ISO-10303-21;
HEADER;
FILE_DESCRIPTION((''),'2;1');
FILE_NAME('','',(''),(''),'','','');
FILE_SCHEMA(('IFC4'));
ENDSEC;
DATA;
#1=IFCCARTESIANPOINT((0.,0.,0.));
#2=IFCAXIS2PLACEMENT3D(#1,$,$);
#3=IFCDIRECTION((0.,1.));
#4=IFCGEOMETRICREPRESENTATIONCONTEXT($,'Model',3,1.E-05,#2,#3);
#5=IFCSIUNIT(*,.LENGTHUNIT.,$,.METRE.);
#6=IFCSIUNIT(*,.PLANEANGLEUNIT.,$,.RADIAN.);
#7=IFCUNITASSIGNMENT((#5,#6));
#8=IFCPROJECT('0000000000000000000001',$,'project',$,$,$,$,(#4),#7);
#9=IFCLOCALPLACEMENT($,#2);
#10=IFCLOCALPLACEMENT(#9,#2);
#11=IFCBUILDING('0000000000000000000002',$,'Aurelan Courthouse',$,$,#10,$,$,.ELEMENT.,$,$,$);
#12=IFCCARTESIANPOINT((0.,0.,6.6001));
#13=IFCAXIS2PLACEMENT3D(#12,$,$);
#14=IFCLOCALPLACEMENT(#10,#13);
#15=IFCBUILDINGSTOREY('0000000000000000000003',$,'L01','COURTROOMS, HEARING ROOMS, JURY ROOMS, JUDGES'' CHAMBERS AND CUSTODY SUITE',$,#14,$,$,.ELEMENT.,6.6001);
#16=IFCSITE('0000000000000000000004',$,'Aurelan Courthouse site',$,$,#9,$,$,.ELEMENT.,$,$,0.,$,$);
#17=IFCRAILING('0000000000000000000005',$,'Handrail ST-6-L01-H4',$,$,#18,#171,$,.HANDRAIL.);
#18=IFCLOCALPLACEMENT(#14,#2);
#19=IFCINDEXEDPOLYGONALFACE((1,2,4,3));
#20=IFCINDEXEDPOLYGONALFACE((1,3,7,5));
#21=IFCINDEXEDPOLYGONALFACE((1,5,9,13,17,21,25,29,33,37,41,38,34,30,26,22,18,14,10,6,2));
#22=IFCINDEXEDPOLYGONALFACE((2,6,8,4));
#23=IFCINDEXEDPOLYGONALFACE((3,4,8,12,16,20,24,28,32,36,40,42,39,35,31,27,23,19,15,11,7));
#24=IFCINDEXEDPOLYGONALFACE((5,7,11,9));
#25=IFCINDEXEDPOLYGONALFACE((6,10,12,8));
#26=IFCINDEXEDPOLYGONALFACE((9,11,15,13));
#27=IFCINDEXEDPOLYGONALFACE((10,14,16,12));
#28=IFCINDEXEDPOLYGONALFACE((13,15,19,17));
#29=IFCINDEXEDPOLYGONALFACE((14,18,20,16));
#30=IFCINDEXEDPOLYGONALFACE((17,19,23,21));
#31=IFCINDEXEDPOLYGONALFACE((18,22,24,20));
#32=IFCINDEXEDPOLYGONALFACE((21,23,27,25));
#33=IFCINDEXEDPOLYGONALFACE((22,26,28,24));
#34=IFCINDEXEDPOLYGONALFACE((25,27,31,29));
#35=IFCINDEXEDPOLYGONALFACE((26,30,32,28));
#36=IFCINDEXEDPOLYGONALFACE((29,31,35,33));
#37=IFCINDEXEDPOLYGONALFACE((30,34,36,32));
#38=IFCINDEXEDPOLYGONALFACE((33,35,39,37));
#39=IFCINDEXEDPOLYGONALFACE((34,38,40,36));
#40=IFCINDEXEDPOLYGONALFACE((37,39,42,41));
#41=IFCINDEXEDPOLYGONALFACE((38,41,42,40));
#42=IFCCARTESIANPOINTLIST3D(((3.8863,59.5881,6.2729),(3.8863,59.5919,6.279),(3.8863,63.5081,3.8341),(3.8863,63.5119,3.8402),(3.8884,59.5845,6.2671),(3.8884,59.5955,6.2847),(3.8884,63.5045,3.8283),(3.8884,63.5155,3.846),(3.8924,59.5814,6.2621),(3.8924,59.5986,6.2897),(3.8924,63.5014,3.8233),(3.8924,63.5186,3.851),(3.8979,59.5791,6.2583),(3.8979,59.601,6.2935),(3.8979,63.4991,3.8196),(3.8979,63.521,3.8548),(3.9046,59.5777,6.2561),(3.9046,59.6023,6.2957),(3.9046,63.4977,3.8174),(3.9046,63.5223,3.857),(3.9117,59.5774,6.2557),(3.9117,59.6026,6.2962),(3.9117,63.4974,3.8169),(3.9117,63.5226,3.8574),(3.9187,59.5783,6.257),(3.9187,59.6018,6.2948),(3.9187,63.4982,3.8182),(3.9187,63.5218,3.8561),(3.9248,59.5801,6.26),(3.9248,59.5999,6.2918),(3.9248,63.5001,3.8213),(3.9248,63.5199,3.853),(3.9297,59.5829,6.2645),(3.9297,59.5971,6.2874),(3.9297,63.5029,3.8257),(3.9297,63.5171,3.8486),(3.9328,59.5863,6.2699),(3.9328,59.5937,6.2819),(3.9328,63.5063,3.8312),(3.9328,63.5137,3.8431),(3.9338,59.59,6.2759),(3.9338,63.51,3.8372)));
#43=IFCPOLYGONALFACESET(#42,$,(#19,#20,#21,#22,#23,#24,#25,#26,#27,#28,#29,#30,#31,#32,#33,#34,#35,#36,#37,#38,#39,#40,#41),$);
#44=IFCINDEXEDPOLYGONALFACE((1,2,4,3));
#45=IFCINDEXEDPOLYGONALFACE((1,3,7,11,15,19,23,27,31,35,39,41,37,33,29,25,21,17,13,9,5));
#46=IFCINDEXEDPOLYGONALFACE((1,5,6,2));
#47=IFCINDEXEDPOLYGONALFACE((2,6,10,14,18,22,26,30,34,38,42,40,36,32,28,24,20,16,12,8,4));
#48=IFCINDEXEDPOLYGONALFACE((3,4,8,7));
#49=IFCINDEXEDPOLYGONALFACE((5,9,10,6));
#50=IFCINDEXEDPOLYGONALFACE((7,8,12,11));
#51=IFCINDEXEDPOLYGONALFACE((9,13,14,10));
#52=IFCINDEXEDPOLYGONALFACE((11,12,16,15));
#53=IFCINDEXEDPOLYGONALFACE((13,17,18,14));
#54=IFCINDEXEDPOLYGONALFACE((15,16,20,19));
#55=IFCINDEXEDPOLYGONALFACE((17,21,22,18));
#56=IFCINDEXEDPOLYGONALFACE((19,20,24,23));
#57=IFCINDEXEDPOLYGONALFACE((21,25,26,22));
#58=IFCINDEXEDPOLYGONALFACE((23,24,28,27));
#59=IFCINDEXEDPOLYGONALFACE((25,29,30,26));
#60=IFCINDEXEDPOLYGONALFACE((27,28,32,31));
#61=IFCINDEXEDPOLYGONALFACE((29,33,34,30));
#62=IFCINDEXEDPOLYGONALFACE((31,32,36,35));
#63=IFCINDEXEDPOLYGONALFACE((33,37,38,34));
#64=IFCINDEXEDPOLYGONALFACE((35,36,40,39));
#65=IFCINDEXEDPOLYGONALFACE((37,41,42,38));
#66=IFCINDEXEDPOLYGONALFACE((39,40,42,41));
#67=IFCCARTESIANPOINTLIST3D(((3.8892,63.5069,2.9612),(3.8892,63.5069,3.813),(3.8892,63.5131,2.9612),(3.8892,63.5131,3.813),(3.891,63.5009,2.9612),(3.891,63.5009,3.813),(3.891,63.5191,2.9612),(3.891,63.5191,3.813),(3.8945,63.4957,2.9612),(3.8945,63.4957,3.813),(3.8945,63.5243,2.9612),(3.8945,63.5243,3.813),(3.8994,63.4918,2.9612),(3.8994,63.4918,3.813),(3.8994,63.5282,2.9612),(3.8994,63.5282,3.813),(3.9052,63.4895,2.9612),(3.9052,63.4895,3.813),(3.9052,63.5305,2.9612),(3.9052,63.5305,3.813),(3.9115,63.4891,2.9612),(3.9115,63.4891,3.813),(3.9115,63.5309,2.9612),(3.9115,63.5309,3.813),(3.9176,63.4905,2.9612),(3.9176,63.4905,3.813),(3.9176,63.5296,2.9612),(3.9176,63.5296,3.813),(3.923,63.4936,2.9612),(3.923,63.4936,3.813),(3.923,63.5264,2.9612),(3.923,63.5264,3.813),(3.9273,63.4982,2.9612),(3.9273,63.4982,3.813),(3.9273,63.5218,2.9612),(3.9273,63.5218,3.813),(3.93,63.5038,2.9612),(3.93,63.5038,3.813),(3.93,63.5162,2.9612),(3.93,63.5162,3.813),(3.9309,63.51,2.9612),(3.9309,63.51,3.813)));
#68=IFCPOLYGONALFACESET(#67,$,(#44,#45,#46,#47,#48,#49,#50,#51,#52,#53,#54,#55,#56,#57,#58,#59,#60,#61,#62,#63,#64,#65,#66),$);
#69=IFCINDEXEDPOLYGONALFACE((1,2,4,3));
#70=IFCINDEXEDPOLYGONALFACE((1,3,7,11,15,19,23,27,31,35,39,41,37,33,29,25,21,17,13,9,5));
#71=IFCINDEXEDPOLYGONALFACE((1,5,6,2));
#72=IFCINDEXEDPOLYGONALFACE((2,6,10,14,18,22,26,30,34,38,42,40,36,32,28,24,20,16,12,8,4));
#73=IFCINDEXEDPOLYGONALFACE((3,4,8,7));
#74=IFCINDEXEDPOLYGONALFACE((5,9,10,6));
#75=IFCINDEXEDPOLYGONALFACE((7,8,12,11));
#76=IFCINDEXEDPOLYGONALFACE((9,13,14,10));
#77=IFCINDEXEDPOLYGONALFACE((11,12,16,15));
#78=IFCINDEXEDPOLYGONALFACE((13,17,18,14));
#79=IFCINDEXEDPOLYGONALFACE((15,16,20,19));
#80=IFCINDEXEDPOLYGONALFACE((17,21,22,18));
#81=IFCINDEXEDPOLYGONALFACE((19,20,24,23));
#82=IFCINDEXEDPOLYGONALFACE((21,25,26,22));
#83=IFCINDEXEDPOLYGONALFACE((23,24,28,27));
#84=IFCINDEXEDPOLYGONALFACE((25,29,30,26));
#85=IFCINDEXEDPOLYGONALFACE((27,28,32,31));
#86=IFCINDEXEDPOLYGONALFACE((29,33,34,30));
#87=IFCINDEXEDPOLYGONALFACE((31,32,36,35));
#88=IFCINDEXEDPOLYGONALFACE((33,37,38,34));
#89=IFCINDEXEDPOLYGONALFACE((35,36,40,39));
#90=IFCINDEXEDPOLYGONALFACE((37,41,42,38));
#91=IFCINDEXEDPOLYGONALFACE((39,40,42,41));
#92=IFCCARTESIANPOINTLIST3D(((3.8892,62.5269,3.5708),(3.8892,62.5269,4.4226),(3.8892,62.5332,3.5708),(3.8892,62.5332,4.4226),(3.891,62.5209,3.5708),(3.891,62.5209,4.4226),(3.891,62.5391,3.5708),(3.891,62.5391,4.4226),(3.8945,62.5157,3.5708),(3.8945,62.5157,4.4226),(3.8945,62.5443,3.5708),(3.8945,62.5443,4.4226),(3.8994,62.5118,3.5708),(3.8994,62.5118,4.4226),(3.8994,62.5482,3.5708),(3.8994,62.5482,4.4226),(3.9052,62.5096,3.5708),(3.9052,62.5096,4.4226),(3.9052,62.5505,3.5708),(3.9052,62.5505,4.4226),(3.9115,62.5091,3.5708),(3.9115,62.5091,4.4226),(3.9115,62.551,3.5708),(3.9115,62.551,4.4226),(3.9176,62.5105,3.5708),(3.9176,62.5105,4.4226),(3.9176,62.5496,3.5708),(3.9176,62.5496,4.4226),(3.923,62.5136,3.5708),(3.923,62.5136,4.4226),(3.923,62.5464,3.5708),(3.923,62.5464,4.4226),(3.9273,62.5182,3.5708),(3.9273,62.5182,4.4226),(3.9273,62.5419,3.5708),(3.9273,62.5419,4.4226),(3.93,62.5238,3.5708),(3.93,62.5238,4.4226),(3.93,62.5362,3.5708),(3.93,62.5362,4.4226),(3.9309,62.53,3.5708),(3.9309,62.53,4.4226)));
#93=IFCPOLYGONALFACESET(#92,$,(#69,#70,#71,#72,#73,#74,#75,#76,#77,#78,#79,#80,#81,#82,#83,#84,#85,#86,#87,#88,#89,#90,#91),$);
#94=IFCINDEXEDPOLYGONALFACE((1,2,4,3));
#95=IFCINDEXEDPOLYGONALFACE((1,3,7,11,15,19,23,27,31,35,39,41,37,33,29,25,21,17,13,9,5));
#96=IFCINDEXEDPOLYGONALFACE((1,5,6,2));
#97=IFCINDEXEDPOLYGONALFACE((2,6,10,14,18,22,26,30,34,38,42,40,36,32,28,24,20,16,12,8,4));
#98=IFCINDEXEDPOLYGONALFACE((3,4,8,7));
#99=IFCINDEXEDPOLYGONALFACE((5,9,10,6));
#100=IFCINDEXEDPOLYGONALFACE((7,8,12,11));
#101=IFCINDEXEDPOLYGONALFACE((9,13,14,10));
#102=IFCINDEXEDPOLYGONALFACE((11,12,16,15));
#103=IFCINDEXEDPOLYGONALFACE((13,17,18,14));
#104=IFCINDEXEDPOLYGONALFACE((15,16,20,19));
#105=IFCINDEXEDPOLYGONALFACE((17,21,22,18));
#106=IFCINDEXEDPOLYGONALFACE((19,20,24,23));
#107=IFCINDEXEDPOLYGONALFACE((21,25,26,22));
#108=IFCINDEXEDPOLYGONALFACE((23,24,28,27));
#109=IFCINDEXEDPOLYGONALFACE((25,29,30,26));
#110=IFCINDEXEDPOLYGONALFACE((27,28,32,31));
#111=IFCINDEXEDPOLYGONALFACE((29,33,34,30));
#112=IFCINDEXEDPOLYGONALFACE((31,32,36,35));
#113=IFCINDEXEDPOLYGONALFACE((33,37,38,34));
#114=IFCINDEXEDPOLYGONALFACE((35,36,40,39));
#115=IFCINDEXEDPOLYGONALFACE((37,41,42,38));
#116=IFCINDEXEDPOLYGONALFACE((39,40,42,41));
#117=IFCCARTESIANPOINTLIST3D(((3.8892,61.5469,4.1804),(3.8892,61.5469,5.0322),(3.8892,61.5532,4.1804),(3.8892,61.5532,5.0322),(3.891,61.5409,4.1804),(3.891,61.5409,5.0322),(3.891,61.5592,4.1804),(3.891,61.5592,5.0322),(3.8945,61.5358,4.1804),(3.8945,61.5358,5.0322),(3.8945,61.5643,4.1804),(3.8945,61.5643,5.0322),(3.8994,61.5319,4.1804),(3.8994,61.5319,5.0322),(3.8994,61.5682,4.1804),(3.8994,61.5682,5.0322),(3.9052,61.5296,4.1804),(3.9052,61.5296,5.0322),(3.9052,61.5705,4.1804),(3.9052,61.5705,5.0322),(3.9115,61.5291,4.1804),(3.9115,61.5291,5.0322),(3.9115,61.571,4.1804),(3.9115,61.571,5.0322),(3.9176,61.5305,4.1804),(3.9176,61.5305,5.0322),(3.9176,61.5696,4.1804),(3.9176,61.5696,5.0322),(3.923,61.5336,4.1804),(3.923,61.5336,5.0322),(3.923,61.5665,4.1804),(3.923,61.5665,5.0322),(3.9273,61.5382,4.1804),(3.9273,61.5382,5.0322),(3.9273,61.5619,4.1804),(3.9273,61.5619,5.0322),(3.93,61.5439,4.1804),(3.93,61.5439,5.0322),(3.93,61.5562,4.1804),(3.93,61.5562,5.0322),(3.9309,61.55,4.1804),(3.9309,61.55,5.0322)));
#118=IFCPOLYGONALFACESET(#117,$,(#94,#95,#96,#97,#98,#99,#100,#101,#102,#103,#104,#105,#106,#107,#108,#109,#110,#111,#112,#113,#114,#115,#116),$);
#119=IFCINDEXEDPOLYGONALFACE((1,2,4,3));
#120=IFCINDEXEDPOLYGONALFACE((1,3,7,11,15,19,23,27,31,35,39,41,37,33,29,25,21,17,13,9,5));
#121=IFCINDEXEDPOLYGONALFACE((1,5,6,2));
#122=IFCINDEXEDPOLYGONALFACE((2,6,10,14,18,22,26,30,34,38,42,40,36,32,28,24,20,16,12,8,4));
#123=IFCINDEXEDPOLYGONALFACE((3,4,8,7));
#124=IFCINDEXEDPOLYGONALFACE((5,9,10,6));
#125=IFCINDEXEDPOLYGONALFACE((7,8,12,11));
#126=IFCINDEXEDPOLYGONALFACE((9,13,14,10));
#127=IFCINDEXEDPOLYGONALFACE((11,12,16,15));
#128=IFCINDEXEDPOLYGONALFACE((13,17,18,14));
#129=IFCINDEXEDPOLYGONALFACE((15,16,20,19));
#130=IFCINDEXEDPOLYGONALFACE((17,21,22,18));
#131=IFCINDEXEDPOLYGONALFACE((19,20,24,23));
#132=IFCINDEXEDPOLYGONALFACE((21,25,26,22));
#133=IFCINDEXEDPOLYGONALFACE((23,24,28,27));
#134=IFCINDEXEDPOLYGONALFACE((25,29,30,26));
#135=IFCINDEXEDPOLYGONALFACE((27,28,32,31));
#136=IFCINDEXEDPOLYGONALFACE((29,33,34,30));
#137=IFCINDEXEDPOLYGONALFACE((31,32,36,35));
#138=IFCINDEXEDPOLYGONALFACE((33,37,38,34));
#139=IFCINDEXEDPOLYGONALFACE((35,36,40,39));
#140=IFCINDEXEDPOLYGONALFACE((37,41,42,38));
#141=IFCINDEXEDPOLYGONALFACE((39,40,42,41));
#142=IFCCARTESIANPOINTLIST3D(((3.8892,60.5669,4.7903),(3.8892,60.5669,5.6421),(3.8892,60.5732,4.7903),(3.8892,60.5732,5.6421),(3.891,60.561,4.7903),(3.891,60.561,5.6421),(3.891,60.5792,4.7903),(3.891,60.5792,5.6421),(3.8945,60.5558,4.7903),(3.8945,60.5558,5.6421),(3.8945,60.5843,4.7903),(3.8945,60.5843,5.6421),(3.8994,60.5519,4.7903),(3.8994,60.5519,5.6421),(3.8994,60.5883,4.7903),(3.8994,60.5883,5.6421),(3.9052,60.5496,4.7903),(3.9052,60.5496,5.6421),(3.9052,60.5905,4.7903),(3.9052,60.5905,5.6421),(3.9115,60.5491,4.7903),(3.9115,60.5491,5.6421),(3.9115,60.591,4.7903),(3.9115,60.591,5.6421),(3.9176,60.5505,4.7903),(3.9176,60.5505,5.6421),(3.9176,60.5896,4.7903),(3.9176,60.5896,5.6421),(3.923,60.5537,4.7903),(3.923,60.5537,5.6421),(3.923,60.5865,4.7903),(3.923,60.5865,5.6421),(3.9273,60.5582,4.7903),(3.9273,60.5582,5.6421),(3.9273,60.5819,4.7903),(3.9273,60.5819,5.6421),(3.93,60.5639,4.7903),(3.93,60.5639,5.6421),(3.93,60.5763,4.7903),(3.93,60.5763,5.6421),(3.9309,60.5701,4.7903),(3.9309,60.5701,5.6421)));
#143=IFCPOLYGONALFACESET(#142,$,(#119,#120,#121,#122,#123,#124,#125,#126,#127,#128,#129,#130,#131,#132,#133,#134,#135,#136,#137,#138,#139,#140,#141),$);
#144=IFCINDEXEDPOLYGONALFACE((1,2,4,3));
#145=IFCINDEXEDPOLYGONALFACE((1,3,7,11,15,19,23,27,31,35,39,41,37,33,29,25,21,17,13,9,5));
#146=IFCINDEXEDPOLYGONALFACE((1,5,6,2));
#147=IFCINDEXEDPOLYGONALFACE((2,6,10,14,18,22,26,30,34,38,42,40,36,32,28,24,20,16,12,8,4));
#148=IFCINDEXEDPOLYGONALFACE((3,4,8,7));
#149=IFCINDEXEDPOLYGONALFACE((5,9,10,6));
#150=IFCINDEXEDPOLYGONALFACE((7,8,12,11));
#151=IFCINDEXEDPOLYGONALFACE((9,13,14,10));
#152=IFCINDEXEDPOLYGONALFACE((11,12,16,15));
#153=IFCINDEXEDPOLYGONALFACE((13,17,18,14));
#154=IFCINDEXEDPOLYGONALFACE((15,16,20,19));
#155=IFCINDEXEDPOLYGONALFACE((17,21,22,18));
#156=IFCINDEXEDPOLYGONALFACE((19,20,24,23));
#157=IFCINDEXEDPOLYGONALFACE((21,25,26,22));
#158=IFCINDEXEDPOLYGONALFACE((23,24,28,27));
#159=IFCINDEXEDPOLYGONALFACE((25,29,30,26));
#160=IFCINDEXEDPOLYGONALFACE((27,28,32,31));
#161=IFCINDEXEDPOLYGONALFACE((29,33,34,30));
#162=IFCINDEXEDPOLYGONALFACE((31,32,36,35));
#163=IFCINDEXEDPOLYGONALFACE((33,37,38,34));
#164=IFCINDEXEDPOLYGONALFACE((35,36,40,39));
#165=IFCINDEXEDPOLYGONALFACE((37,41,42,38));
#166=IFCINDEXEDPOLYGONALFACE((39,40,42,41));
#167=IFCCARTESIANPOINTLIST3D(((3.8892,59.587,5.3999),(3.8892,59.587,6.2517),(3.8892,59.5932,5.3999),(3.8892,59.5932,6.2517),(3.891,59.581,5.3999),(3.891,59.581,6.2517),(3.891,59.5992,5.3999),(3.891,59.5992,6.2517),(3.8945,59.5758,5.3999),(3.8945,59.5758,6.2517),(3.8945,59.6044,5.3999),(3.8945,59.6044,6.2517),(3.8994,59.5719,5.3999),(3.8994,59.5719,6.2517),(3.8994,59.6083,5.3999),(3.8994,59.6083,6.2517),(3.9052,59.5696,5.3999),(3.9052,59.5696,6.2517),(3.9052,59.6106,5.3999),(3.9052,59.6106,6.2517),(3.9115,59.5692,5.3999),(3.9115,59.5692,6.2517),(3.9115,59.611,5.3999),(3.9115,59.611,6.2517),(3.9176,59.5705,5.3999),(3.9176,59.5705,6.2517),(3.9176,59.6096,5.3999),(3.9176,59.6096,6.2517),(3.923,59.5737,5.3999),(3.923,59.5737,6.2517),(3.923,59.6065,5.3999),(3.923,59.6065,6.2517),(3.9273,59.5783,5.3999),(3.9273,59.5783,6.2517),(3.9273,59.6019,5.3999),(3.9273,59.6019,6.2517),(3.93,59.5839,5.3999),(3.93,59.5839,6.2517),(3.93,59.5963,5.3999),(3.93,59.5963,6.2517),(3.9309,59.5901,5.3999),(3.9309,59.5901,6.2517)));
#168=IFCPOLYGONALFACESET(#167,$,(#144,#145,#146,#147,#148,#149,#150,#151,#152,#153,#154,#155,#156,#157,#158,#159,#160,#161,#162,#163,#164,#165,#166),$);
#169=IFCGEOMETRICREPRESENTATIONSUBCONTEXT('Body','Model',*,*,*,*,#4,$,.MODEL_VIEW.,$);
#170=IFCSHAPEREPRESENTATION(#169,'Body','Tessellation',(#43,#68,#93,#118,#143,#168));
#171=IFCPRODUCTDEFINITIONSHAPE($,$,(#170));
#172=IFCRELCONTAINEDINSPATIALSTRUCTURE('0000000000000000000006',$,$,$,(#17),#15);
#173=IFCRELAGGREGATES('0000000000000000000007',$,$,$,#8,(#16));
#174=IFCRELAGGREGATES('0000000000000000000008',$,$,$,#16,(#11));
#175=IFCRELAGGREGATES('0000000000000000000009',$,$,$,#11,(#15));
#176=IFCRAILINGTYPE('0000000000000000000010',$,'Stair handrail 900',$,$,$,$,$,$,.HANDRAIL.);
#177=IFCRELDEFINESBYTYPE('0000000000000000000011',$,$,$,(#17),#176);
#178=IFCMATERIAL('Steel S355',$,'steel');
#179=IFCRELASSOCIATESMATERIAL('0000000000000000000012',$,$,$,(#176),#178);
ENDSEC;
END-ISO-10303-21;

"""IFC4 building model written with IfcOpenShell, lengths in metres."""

from ifc_helpers import new_model, si_unit, direction, frame, origin, origin_2d, place, context, subcontext, project, spatial, circle, extrude, material, type_object, element, save


model = new_model("IFC4")

# Units and contexts
model_context = context("Model", 3, precision=1e-05, world=origin(), true_north=direction((0.0, 1.0)))
body_context = subcontext(model_context, "Body", "Model", "MODEL_VIEW")
ifc_project = project(units=[si_unit("LENGTHUNIT", "METRE"), si_unit("PLANEANGLEUNIT", "RADIAN")], contexts=[model_context])

# Site, building, storey
site_placement = place(None, origin())
site = spatial("IfcSite", under=ifc_project, at=site_placement, Name="Aurelan Courthouse site", CompositionType="ELEMENT", RefElevation=0.0)
building_placement = place(site_placement, origin())
building = spatial("IfcBuilding", under=site, at=building_placement, Name="Aurelan Courthouse", CompositionType="ELEMENT")
storey_placement = place(building_placement, frame((0.0, 0.0, 6.6001)))
storey = spatial("IfcBuildingStorey", under=building, at=storey_placement, Name="L01", Description="COURTROOMS, HEARING ROOMS, JURY ROOMS, JUDGES' CHAMBERS AND CUSTODY SUITE", CompositionType="ELEMENT", Elevation=6.6001)

# Railing
ifc_material_1 = material(Name="Steel S355", Category="steel")
railing_type_1 = type_object("IfcRailingType", Name="Stair handrail 900", PredefinedType="HANDRAIL", material=ifc_material_1)
for number, where, name in (
    (1, (3.9099, 63.51, 2.9612), "Handrail ST-6-L01-H4"),
):
    element("IfcRailing", number, at=place(storey_placement, frame(where)), inside=storey, type_object=railing_type_1, Name=name, PredefinedType="HANDRAIL", context=body_context, shape_type="SweptSolid", body=[
        extrude(circle(Radius=0.0239, at=origin_2d()), frame((0.0, 0.0, 0.876), z_axis=(0.0, -0.84909, 0.528249), x_axis=(1.0, 0.0, 0.0)), (0.0, 0.0, 1.0), 4.6167),
        extrude(circle(Radius=0.021, at=origin_2d()), origin(), (0.0, 0.0, 1.0), 0.8518),
        extrude(circle(Radius=0.021, at=origin_2d()), frame((0.0, -0.98, 0.6096)), (0.0, 0.0, 1.0), 0.8518),
        extrude(circle(Radius=0.021, at=origin_2d()), frame((0.0, -1.96, 1.2192)), (0.0, 0.0, 1.0), 0.8518),
        extrude(circle(Radius=0.021, at=origin_2d()), frame((0.0, -2.9399, 1.8291)), (0.0, 0.0, 1.0), 0.8518),
        extrude(circle(Radius=0.021, at=origin_2d()), frame((0.0, -3.9199, 2.4387)), (0.0, 0.0, 1.0), 0.8518),
    ])

save(model, "model.ifc")
